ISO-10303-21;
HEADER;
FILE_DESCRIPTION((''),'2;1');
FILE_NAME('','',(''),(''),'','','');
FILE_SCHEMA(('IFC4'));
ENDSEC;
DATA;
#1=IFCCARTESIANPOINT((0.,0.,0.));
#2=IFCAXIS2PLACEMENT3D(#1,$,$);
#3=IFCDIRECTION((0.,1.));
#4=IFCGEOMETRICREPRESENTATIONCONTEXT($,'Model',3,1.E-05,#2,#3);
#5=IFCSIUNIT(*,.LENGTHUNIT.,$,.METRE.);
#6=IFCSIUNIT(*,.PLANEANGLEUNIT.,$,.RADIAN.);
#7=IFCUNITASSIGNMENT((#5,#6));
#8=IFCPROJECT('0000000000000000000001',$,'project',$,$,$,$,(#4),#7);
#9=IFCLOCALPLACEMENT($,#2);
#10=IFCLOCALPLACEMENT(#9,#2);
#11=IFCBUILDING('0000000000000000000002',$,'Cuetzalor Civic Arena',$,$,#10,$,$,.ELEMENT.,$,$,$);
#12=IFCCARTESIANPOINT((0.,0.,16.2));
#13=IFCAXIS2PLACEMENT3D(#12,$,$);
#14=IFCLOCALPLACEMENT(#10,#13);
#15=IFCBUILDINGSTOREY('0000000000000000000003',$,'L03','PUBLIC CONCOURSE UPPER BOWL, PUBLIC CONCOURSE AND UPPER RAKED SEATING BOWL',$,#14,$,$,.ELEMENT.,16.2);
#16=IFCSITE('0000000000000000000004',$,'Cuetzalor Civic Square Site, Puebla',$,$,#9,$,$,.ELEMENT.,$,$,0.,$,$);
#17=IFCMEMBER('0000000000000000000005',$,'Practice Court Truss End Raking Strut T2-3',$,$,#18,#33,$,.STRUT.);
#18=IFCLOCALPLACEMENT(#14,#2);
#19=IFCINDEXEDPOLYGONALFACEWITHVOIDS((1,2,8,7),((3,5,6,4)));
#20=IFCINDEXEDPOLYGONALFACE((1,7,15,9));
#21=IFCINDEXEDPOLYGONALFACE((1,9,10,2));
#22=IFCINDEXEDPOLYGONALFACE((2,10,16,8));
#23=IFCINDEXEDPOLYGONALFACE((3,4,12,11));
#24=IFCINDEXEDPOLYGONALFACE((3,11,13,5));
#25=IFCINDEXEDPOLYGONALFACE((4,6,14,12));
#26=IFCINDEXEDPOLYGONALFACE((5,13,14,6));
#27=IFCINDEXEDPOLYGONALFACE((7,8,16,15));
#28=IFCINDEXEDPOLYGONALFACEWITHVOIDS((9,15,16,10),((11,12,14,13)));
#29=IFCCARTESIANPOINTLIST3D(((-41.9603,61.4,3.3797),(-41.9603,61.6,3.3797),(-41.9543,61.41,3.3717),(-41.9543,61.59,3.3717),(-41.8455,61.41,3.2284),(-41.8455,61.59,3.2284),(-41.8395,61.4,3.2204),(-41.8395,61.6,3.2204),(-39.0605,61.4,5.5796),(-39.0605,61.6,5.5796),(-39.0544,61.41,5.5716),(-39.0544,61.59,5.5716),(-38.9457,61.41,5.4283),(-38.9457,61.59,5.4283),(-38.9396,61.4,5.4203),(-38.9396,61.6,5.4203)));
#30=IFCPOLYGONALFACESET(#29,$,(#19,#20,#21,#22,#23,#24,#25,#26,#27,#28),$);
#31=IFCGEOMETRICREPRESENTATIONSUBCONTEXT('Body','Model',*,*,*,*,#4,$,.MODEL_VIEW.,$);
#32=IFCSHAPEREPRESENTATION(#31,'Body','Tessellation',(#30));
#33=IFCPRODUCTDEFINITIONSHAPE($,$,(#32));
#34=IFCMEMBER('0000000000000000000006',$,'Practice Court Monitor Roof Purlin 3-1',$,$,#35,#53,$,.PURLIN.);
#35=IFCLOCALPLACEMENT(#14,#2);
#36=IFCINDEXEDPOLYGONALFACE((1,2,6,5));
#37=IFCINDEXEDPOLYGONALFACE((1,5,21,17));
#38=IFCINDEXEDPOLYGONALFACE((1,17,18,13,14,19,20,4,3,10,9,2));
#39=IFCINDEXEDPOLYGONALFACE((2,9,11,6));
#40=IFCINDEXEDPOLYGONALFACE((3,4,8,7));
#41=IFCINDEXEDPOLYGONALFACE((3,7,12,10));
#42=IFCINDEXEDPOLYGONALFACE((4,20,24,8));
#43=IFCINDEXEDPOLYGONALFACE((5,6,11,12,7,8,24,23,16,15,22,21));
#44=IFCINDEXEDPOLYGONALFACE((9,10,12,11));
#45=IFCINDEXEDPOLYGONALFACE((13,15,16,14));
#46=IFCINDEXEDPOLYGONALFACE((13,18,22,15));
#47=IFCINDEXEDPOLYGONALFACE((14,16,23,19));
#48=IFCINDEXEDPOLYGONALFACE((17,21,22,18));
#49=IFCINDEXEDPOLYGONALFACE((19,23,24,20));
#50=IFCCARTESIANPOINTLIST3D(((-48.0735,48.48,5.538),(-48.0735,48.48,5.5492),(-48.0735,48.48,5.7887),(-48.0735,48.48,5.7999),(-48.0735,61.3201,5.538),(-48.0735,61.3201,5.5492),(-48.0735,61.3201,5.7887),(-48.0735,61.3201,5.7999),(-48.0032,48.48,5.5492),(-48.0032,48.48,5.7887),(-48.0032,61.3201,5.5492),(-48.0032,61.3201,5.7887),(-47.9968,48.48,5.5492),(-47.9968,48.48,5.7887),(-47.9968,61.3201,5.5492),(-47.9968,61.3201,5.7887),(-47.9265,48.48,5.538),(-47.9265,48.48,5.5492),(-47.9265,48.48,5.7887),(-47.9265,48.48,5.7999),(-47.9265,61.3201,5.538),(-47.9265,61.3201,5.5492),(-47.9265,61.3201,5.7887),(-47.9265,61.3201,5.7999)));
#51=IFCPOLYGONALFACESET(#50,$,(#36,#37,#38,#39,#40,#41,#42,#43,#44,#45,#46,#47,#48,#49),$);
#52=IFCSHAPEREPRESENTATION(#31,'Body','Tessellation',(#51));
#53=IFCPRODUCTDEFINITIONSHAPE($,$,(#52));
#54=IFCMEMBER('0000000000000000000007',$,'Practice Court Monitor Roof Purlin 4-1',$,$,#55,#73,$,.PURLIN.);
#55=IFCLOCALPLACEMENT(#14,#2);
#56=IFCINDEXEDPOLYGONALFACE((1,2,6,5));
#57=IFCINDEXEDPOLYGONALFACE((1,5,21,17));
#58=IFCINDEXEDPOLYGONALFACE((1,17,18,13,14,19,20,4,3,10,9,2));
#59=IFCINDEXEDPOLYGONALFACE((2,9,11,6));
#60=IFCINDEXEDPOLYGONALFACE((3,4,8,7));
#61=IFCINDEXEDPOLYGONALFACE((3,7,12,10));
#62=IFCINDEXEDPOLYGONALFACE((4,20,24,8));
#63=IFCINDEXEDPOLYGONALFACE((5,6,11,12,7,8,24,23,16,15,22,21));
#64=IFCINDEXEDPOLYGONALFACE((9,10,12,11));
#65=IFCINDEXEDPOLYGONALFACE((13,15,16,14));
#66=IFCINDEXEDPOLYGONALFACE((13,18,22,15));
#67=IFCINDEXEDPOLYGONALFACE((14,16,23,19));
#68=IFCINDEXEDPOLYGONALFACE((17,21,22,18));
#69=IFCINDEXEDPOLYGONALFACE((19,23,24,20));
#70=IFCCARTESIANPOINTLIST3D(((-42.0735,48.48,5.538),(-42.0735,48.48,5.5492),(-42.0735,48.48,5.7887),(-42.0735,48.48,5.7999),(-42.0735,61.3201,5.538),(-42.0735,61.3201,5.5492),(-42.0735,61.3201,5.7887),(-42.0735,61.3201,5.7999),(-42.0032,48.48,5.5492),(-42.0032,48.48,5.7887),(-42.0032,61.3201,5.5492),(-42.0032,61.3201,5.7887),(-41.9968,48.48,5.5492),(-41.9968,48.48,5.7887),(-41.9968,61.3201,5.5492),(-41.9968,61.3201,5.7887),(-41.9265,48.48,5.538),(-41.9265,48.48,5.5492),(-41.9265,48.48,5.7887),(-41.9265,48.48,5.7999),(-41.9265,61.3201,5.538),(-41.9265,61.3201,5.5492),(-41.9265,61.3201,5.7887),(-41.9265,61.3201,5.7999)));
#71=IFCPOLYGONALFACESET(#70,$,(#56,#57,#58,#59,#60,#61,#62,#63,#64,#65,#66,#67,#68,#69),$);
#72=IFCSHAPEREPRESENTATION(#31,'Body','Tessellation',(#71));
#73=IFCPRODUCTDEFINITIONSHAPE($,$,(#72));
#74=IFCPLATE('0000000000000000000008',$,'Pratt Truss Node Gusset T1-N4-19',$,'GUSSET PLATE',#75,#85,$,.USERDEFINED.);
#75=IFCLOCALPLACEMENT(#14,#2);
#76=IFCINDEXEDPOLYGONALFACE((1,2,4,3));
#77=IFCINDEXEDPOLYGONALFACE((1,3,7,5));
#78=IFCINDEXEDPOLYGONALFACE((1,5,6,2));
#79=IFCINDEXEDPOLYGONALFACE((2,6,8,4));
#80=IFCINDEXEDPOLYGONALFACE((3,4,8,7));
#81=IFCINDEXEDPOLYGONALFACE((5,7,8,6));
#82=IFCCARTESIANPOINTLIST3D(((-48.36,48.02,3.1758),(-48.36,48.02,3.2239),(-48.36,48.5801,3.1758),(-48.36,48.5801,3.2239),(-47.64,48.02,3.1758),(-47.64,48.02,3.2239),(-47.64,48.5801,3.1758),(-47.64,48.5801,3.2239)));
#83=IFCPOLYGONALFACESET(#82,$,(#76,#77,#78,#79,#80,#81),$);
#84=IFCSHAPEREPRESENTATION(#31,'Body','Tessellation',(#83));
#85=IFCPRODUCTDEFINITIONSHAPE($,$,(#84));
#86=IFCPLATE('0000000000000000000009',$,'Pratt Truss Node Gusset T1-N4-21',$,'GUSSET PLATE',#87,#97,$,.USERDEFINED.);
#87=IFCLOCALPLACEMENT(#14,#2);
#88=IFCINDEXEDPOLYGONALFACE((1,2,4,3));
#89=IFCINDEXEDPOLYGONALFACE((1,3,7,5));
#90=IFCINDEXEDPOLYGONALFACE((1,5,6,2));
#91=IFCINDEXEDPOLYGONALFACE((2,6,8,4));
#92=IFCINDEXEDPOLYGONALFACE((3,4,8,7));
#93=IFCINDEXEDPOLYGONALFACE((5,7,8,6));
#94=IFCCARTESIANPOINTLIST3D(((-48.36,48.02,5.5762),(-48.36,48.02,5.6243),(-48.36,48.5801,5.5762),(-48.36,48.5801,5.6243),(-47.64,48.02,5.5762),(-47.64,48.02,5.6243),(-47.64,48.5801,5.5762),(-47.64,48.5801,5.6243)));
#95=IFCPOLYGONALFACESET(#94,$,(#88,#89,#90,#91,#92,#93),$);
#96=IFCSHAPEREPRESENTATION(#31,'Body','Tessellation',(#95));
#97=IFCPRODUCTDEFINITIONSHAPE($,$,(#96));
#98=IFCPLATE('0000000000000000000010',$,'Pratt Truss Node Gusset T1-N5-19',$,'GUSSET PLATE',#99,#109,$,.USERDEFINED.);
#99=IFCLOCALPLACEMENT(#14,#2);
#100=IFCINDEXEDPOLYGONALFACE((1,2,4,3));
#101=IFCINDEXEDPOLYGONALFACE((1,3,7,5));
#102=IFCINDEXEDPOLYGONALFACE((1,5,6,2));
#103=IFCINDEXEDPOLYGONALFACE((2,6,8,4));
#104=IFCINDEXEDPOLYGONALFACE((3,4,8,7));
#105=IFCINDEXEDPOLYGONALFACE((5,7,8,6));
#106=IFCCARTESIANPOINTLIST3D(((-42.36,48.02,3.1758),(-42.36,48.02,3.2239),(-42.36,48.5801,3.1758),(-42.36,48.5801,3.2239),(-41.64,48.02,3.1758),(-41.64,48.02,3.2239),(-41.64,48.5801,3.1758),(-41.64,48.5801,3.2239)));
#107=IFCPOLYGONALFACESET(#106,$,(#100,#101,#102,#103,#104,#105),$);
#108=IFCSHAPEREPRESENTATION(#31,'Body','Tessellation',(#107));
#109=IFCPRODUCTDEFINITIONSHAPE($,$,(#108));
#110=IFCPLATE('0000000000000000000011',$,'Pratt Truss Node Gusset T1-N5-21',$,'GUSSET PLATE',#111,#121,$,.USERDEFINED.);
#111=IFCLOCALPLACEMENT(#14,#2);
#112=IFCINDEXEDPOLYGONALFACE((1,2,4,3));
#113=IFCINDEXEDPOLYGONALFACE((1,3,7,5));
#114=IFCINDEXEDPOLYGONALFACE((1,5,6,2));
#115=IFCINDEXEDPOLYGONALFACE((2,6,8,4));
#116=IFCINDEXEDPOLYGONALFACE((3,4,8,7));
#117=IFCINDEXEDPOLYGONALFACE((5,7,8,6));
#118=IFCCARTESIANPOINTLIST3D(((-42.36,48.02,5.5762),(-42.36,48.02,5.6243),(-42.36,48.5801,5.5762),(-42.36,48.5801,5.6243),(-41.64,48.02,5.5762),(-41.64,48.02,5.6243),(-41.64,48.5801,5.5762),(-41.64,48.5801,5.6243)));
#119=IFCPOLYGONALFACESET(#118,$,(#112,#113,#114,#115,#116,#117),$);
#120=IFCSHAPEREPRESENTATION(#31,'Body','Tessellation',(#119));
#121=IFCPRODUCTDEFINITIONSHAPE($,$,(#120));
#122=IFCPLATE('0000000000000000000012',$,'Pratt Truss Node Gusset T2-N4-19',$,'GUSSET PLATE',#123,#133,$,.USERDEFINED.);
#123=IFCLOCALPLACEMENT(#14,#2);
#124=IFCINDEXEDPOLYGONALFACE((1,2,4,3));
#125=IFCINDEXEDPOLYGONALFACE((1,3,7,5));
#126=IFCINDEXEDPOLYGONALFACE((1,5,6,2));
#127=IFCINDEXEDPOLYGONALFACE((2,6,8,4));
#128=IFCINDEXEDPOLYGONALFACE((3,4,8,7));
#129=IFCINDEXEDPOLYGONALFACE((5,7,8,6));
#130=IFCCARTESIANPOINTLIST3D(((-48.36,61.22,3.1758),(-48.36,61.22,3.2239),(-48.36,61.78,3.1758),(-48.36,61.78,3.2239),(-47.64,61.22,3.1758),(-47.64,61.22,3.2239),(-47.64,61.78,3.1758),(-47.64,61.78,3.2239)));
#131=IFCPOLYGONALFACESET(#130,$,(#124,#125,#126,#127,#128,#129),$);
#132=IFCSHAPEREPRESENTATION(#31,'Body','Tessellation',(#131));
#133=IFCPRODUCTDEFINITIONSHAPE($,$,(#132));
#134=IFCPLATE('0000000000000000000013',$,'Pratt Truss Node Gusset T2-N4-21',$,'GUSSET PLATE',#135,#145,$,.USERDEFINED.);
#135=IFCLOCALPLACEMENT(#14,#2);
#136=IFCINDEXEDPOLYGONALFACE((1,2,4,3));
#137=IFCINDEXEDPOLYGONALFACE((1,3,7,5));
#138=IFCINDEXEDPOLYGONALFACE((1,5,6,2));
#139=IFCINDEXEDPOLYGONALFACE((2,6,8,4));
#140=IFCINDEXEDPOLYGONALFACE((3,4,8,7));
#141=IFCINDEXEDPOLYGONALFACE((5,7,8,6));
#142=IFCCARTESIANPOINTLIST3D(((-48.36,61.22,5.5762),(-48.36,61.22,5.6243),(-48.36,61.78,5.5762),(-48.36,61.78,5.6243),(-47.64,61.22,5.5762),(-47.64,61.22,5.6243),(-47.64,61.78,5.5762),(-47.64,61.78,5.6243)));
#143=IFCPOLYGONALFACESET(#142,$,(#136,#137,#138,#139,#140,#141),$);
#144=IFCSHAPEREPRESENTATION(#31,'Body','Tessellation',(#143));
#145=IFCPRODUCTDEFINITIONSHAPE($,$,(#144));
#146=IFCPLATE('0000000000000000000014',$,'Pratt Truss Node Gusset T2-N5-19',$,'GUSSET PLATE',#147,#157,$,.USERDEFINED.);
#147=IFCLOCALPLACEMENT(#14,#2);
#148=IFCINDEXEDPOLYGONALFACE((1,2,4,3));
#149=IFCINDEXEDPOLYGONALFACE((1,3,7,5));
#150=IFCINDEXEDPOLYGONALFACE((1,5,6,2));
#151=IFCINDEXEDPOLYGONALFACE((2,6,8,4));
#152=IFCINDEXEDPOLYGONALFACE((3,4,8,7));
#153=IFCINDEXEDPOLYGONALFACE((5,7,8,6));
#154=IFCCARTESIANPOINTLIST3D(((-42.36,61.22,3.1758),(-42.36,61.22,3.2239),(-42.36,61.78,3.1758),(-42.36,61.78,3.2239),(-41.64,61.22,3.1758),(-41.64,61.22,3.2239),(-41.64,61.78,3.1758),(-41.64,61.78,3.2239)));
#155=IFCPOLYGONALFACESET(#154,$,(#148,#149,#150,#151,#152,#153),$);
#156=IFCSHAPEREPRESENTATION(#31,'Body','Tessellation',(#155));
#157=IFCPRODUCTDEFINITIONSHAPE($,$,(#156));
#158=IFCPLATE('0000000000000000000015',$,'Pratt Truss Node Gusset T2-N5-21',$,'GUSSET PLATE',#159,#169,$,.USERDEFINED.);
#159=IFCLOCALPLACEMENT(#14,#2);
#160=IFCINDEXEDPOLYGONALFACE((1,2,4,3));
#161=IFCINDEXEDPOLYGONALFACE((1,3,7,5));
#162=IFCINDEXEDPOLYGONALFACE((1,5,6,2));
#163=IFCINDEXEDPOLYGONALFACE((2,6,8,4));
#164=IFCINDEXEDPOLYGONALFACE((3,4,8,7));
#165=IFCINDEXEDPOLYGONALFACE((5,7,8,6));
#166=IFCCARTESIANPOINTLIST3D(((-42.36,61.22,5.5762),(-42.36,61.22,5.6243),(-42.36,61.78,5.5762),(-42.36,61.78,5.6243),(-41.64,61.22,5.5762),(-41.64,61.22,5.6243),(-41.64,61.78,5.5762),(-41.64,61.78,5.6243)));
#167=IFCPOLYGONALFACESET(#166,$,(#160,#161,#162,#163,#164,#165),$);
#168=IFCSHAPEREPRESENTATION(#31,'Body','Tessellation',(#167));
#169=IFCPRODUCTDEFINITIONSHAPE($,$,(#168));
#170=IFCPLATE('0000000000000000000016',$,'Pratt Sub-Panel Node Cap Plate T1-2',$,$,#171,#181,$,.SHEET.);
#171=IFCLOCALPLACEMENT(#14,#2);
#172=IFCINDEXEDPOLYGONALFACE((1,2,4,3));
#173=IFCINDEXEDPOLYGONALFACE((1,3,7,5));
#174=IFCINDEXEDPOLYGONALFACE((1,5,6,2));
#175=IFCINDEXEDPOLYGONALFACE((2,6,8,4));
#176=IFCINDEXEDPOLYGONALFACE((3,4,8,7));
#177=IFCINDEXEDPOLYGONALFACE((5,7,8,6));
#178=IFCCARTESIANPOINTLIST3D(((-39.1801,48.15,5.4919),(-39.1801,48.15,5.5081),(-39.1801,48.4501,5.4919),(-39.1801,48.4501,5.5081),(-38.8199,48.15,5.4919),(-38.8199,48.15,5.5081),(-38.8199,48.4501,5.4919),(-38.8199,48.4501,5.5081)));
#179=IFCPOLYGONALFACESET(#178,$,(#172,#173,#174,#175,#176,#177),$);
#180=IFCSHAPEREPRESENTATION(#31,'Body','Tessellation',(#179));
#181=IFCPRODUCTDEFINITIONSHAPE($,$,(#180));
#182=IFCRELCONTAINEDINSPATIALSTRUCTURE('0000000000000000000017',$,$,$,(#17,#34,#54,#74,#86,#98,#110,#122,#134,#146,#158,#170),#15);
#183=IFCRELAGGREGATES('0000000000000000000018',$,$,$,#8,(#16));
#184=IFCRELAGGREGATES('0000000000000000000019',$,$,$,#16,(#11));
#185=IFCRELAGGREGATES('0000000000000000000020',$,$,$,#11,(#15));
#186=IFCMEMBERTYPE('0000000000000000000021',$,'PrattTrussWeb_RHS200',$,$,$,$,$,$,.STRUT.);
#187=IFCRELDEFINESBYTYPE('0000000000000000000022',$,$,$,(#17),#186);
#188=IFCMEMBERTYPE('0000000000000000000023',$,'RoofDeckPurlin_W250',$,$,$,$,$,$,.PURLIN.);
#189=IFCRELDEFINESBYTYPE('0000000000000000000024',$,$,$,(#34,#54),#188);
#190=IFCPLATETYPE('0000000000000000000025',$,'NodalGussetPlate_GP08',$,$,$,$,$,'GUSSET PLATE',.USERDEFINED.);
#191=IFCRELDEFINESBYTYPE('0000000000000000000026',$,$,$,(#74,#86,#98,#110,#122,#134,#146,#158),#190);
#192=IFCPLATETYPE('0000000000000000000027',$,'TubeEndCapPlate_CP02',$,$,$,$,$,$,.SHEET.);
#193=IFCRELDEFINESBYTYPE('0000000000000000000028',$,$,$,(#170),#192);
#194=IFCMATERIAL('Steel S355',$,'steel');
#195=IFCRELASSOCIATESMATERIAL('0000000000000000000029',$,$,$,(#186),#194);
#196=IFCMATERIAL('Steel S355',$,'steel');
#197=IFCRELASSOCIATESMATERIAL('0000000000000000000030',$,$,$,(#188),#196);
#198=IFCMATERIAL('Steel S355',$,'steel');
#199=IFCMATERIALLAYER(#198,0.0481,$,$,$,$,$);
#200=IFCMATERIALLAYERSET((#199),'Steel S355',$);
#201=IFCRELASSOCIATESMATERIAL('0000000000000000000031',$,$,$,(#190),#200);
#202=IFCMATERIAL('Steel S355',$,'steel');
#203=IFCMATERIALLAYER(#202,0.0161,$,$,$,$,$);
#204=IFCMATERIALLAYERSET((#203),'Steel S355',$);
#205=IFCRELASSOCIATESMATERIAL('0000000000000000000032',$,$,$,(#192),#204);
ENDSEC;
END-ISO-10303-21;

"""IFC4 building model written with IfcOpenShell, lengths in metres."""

from ifc_helpers import new_model, si_unit, direction, frame, origin, origin_2d, place, context, subcontext, project, spatial, rectangle, hollow_rectangle, i_section, extrude, material, layer, layer_set, material_profile, profile_set, type_object, element, save


model = new_model("IFC4")

# Units and contexts
model_context = context("Model", 3, precision=1e-05, world=origin(), true_north=direction((0.0, 1.0)))
body_context = subcontext(model_context, "Body", "Model", "MODEL_VIEW")
ifc_project = project(units=[si_unit("LENGTHUNIT", "METRE"), si_unit("PLANEANGLEUNIT", "RADIAN")], contexts=[model_context])

# Site, building, storey
site_placement = place(None, origin())
site = spatial("IfcSite", under=ifc_project, at=site_placement, Name="Cuetzalor Civic Square Site, Puebla", CompositionType="ELEMENT", RefElevation=0.0)
building_placement = place(site_placement, origin())
building = spatial("IfcBuilding", under=site, at=building_placement, Name="Cuetzalor Civic Arena", CompositionType="ELEMENT")
storey_placement = place(building_placement, frame((0.0, 0.0, 16.2)))
storey = spatial("IfcBuildingStorey", under=building, at=storey_placement, Name="L03", Description="PUBLIC CONCOURSE UPPER BOWL, PUBLIC CONCOURSE AND UPPER RAKED SEATING BOWL", CompositionType="ELEMENT", Elevation=16.2)

# Members
ifc_material_1 = material(Name="Steel S355", Category="steel")
ifc_material_profile_1 = material_profile(ifc_material_1, hollow_rectangle(XDim=0.2, YDim=0.2, WallThickness=0.01, at=origin_2d()), Name="RHS 200x200x10")
ifc_profile_set_1 = profile_set([ifc_material_profile_1], Name="Steel S355")
member_type_1 = type_object("IfcMemberType", Name="PrattTrussWeb_RHS200", PredefinedType="STRUT", material=ifc_profile_set_1)
member_1_placement = place(storey_placement, frame((-41.8999, 61.5, 3.3), z_axis=(0.796688, 0.0, 0.604391), x_axis=(0.0, 1.0, 0.0)))
element("IfcMember", 1, at=member_1_placement, inside=storey, type_object=member_type_1, Name="Practice Court Truss End Raking Strut T2-3", PredefinedType="STRUT", context=body_context, shape_type="SweptSolid", body=[
    extrude(hollow_rectangle(XDim=0.2, YDim=0.2, WallThickness=0.01, at=origin_2d()), origin(), (0.0, 0.0, 1.0), 3.6399),
])
ifc_material_2 = material(Name="Steel S355", Category="steel")
ifc_material_profile_2 = material_profile(ifc_material_2, i_section(OverallWidth=0.147, OverallDepth=0.262, WebThickness=0.0063, FlangeThickness=0.0112, at=origin_2d()), Name="W250x39")
ifc_profile_set_2 = profile_set([ifc_material_profile_2], Name="Steel S355")
member_type_2 = type_object("IfcMemberType", Name="RoofDeckPurlin_W250", PredefinedType="PURLIN", material=ifc_profile_set_2)
for number, where, z_axis, x_axis, name in (
    (2, (-48.0, 48.48, 5.6689), (0.0, 1.0, 0.0), (-1.0, 0.0, 0.0), "Practice Court Monitor Roof Purlin 3-1"),
    (3, (-42.0, 48.48, 5.6689), (0.0, 1.0, 0.0), (-1.0, 0.0, 0.0), "Practice Court Monitor Roof Purlin 4-1"),
):
    element("IfcMember", number, at=place(storey_placement, frame(where, z_axis=z_axis, x_axis=x_axis)), inside=storey, type_object=member_type_2, Name=name, PredefinedType="PURLIN", context=body_context, shape_type="SweptSolid", body=[
        extrude(i_section(OverallWidth=0.147, OverallDepth=0.262, WebThickness=0.0063, FlangeThickness=0.0112, at=origin_2d()), origin(), (0.0, 0.0, 1.0), 12.8401),
    ])

# Plates
ifc_material_3 = material(Name="Steel S355", Category="steel")
ifc_layer_1 = layer(ifc_material_3, 0.0481)
ifc_layer_set_1 = layer_set([ifc_layer_1], Name="Steel S355")
plate_type_1 = type_object("IfcPlateType", Name="NodalGussetPlate_GP08", ElementType="GUSSET PLATE", PredefinedType="USERDEFINED", material=ifc_layer_set_1)
for number, where, z_axis, x_axis, name in (
    (4, (-48.0, 48.3, 3.1758), (0.0, 0.0, 1.0), (1.0, 0.0, 0.0), "Pratt Truss Node Gusset T1-N4-19"),
    (5, (-48.0, 48.3, 5.5762), (0.0, 0.0, 1.0), (1.0, 0.0, 0.0), "Pratt Truss Node Gusset T1-N4-21"),
    (6, (-42.0, 48.3, 3.1758), (0.0, 0.0, 1.0), (1.0, 0.0, 0.0), "Pratt Truss Node Gusset T1-N5-19"),
    (7, (-42.0, 48.3, 5.5762), (0.0, 0.0, 1.0), (1.0, 0.0, 0.0), "Pratt Truss Node Gusset T1-N5-21"),
    (8, (-48.0, 61.5, 3.1758), (0.0, 0.0, 1.0), (1.0, 0.0, 0.0), "Pratt Truss Node Gusset T2-N4-19"),
    (9, (-48.0, 61.5, 5.5762), (0.0, 0.0, 1.0), (1.0, 0.0, 0.0), "Pratt Truss Node Gusset T2-N4-21"),
    (10, (-42.0, 61.5, 3.1758), (0.0, 0.0, 1.0), (1.0, 0.0, 0.0), "Pratt Truss Node Gusset T2-N5-19"),
    (11, (-42.0, 61.5, 5.5762), (0.0, 0.0, 1.0), (1.0, 0.0, 0.0), "Pratt Truss Node Gusset T2-N5-21"),
):
    element("IfcPlate", number, at=place(storey_placement, frame(where, z_axis=z_axis, x_axis=x_axis)), inside=storey, type_object=plate_type_1, Name=name, ObjectType="GUSSET PLATE", PredefinedType="USERDEFINED", context=body_context, shape_type="SweptSolid", body=[
        extrude(rectangle(XDim=0.72, YDim=0.5601, at=origin_2d()), origin(), (0.0, 0.0, 1.0), 0.0481),
    ])
ifc_material_4 = material(Name="Steel S355", Category="steel")
ifc_layer_2 = layer(ifc_material_4, 0.0161)
ifc_layer_set_2 = layer_set([ifc_layer_2], Name="Steel S355")
plate_type_2 = type_object("IfcPlateType", Name="TubeEndCapPlate_CP02", PredefinedType="SHEET", material=ifc_layer_set_2)
plate_placement = place(storey_placement, frame((-39.0, 48.3, 5.4919), z_axis=(0.0, 0.0, 1.0), x_axis=(1.0, 0.0, 0.0)))
element("IfcPlate", 12, at=plate_placement, inside=storey, type_object=plate_type_2, Name="Pratt Sub-Panel Node Cap Plate T1-2", PredefinedType="SHEET", context=body_context, shape_type="SweptSolid", body=[
    extrude(rectangle(XDim=0.3601, YDim=0.3, at=origin_2d()), origin(), (0.0, 0.0, 1.0), 0.0161),
])

save(model, "model.ifc")
